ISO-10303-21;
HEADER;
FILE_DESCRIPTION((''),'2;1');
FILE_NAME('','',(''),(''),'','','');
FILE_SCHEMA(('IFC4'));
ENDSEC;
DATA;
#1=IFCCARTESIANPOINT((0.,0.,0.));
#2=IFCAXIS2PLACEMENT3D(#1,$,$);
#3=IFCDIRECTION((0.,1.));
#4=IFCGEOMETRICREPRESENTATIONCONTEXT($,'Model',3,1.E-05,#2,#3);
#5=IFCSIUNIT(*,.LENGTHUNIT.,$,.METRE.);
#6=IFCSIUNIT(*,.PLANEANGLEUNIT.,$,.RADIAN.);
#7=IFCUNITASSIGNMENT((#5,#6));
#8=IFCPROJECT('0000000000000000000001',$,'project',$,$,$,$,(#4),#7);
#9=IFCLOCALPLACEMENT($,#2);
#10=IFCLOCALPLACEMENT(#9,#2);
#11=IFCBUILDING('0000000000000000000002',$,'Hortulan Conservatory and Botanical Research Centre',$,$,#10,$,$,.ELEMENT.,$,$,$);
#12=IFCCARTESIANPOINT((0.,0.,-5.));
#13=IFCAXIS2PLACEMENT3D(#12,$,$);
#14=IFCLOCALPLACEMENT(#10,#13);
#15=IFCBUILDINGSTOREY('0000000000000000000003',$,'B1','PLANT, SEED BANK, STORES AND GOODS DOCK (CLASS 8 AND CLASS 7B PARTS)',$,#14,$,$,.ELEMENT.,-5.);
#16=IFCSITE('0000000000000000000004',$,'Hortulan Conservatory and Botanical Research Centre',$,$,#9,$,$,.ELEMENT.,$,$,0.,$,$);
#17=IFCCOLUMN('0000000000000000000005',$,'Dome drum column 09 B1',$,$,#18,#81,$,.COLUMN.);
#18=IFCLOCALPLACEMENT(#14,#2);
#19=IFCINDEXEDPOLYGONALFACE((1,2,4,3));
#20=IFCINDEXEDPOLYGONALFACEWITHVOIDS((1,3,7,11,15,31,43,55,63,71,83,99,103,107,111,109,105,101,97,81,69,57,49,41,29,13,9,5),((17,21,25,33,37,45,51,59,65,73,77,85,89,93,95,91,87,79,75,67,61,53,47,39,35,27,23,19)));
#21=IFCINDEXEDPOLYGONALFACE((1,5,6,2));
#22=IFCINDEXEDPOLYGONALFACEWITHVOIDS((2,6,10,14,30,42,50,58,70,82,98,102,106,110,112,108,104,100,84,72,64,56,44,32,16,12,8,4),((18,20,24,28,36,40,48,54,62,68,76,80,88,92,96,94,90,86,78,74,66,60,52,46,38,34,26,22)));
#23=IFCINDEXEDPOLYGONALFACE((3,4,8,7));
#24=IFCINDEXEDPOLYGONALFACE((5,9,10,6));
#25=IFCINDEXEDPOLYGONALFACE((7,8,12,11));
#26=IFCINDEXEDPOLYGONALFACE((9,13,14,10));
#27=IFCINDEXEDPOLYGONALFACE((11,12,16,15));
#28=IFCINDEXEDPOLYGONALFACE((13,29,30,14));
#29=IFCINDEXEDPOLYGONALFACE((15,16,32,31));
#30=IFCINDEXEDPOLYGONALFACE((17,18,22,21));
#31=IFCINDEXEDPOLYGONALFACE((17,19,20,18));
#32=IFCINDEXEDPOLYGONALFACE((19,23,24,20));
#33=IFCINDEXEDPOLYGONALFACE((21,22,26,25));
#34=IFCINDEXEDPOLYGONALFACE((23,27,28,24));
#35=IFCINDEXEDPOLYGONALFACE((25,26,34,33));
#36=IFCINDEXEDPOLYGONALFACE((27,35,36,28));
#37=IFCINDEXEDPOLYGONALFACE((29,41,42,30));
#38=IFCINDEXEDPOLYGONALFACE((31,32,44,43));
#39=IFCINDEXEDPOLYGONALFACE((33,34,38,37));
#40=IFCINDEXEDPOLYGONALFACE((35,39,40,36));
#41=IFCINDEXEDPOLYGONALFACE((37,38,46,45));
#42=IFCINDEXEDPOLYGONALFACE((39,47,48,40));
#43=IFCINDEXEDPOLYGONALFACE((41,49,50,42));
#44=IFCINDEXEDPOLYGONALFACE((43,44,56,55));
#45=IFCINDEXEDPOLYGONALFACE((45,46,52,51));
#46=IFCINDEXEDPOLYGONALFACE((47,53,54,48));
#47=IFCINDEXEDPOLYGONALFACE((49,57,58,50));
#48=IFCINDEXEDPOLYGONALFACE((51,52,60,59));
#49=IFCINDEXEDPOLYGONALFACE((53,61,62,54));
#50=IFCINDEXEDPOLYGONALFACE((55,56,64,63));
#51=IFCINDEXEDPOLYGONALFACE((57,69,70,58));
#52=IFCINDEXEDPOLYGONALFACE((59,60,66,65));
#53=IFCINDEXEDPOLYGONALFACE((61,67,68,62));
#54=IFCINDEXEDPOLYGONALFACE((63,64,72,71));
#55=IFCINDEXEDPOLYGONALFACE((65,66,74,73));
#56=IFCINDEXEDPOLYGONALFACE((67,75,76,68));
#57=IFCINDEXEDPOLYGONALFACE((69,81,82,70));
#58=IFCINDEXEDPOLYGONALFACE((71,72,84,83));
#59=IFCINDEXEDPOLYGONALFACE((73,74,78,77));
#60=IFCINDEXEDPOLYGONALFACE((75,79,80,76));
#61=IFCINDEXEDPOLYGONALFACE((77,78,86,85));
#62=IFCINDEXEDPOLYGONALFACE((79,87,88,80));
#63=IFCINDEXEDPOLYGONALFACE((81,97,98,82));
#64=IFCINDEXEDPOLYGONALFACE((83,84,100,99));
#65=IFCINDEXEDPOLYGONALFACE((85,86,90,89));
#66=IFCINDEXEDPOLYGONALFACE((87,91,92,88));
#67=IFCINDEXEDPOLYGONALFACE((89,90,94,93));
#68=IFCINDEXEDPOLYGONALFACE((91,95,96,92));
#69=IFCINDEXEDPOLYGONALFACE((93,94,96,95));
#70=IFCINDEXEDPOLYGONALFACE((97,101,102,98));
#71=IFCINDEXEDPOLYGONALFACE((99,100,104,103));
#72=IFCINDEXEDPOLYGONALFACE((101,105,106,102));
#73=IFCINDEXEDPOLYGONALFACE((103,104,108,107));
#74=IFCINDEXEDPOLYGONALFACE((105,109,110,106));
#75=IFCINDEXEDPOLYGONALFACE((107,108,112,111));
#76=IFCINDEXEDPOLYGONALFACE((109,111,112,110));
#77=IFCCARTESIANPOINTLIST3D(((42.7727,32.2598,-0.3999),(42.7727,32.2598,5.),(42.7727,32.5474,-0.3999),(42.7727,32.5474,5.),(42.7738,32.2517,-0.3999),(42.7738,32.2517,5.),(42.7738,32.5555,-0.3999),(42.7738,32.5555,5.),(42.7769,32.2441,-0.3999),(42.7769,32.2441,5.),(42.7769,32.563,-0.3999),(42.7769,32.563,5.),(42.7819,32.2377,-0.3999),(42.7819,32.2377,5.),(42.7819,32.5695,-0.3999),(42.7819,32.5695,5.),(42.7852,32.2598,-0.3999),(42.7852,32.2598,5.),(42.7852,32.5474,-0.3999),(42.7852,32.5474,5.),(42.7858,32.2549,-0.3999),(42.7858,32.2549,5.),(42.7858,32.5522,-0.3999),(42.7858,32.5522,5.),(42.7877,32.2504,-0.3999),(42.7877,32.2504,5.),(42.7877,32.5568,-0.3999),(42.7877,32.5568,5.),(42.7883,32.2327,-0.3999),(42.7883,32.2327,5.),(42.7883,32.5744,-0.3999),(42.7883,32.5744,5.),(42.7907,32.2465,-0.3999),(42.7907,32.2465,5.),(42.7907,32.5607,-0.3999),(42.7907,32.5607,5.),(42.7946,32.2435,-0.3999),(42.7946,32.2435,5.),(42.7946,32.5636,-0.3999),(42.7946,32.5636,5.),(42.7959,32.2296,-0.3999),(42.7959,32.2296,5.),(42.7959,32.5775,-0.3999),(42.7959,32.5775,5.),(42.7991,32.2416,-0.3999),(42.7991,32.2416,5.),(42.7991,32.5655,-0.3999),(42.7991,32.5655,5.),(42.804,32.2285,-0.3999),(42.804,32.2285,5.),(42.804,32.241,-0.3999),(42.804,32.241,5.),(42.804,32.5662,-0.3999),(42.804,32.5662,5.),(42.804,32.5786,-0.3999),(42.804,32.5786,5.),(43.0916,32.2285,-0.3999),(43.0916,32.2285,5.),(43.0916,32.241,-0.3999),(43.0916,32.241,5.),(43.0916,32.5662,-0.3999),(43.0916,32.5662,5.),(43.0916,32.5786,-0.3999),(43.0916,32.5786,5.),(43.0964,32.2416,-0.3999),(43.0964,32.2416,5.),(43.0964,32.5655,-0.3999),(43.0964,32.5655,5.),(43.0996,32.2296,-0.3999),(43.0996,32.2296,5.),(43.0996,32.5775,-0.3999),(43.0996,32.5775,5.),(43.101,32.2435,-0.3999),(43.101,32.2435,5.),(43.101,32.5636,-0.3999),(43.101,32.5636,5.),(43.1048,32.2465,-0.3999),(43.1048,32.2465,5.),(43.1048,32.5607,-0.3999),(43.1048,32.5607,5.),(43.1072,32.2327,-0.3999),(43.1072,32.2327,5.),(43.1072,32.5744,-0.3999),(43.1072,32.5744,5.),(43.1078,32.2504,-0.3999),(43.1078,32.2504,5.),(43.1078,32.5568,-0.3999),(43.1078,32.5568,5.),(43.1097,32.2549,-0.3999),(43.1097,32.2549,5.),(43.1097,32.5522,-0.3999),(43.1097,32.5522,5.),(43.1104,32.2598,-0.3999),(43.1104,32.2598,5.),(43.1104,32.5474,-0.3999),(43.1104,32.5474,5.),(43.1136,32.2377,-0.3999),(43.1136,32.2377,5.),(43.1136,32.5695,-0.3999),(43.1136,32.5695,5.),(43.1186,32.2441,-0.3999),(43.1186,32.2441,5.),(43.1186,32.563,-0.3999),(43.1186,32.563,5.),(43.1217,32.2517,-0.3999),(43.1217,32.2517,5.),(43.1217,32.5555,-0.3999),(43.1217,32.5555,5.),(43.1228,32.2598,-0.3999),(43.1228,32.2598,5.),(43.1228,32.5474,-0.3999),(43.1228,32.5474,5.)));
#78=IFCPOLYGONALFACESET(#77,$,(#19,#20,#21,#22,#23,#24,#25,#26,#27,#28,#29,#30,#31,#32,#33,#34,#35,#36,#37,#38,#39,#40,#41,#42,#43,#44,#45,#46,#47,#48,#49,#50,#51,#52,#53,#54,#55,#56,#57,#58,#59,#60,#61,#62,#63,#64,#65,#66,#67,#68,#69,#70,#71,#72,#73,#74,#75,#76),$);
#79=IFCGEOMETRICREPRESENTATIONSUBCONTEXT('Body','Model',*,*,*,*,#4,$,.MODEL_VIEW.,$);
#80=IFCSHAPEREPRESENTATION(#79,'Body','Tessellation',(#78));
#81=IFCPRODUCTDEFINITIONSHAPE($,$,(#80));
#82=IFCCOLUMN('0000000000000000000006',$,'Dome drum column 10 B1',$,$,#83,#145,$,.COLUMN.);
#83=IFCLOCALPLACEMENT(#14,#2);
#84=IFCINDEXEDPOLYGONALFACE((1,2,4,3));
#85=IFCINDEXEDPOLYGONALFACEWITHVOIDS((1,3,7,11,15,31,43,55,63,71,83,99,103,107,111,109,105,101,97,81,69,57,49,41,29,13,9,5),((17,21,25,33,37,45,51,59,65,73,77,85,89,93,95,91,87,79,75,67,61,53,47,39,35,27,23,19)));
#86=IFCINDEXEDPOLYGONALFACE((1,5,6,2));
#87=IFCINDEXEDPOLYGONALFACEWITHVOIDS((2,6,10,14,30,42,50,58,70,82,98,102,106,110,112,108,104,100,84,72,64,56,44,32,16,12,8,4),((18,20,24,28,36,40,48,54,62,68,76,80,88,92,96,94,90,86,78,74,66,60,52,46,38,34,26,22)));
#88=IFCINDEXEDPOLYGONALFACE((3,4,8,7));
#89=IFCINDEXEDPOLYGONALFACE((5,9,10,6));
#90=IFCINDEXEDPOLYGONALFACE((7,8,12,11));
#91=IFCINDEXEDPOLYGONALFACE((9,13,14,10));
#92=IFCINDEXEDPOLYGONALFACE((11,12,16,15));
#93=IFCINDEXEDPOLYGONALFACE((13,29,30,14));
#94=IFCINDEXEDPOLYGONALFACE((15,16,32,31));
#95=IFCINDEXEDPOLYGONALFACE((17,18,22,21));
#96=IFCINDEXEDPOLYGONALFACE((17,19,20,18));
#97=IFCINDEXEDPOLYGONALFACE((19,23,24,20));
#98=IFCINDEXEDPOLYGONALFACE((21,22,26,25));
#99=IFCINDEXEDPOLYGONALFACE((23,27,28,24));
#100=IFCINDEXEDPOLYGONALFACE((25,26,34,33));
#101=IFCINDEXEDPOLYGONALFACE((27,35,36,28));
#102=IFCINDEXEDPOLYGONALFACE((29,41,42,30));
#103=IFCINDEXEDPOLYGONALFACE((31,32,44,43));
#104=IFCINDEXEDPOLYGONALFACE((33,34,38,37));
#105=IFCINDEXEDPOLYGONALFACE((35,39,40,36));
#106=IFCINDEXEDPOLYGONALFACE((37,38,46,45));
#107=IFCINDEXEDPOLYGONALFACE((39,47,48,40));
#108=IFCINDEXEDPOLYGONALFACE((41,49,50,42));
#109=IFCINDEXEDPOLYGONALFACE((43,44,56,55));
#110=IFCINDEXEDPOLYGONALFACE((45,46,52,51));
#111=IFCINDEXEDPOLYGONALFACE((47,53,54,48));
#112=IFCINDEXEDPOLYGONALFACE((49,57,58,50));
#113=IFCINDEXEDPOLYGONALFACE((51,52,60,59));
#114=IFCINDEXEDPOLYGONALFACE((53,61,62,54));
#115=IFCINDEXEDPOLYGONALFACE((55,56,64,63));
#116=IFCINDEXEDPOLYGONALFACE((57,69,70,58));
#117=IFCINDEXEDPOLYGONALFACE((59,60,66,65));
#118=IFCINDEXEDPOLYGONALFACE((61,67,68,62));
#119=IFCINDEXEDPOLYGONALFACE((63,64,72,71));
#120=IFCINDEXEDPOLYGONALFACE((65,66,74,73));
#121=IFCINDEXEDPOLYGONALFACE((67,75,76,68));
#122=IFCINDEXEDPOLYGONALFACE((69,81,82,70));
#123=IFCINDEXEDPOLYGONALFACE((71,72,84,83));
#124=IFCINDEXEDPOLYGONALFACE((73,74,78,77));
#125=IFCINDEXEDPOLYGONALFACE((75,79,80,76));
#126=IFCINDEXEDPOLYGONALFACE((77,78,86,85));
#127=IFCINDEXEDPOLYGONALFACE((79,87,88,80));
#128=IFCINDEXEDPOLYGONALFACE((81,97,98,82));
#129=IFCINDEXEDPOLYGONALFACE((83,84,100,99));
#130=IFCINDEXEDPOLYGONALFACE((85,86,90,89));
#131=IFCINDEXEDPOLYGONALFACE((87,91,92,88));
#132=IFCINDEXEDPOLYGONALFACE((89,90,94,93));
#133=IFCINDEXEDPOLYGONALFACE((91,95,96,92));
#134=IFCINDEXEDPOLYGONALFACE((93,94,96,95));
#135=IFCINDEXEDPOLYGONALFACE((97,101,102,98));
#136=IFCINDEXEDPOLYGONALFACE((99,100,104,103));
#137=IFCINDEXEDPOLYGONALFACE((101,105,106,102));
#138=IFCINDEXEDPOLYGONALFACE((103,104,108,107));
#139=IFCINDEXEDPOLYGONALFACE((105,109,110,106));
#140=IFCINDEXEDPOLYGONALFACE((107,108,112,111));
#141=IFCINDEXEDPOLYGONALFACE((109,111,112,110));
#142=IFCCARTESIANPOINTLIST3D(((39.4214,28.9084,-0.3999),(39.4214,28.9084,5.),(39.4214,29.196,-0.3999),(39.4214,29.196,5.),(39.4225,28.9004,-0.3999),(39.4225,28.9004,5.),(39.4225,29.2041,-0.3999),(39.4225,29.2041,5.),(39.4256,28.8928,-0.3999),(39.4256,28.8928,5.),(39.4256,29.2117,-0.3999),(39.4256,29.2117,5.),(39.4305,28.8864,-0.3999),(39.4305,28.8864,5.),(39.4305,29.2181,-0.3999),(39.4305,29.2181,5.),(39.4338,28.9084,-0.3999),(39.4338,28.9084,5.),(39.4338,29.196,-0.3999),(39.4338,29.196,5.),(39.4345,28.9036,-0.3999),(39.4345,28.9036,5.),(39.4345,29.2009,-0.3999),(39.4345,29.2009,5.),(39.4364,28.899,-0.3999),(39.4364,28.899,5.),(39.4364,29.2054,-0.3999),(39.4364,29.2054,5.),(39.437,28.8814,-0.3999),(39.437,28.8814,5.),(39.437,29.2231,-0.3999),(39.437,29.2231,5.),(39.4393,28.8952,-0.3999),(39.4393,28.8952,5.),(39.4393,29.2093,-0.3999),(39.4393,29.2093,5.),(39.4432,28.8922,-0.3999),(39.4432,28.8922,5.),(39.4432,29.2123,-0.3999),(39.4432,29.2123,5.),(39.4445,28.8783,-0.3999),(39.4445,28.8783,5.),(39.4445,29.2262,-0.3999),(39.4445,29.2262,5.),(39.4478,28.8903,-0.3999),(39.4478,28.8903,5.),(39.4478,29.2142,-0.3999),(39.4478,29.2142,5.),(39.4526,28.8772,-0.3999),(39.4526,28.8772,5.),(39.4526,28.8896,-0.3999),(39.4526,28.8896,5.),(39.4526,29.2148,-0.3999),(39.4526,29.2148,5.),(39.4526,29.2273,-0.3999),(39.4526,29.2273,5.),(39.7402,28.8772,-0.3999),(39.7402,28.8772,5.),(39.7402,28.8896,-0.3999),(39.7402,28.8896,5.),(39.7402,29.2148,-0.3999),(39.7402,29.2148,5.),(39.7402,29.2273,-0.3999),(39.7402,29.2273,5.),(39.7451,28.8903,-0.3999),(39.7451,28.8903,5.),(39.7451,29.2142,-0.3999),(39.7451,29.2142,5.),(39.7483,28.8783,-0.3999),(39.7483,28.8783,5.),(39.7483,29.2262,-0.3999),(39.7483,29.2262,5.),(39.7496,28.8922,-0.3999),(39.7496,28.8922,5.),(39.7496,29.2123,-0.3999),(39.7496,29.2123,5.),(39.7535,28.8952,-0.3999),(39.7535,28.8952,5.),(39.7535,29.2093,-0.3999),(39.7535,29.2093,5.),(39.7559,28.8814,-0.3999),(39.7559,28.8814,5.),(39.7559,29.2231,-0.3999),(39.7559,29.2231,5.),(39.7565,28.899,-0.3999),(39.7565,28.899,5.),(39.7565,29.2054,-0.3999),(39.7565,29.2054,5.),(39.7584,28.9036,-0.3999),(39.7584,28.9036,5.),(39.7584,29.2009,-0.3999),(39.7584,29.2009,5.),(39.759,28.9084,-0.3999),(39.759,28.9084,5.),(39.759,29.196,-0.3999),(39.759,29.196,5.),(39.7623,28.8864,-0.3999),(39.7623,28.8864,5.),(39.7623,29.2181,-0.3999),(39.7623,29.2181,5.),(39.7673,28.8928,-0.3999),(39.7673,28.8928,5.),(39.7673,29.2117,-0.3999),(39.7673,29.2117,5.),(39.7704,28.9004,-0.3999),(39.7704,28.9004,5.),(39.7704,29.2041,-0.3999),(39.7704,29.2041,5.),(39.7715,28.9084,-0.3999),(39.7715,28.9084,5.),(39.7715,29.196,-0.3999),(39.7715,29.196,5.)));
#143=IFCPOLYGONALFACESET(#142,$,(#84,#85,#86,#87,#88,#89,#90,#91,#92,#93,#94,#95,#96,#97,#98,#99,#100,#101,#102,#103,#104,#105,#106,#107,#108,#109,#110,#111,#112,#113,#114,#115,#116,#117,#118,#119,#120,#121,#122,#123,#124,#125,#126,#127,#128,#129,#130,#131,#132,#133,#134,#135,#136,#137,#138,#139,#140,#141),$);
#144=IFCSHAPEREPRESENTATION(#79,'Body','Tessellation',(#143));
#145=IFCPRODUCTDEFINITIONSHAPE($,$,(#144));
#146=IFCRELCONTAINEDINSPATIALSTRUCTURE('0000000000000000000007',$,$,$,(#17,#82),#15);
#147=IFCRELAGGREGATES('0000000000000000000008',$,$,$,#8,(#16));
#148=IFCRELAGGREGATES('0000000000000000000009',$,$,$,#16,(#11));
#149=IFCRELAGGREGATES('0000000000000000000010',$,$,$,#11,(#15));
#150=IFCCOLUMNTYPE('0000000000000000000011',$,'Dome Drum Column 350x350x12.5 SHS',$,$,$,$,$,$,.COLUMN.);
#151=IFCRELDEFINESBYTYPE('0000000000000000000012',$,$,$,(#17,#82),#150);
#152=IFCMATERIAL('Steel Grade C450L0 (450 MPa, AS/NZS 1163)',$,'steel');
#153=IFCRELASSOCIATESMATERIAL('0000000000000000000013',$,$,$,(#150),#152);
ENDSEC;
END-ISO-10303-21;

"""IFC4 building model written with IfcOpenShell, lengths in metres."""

from ifc_helpers import new_model, si_unit, direction, frame, origin, origin_2d, place, context, subcontext, project, spatial, hollow_rectangle, extrude, material, material_profile, profile_set, type_object, element, save


model = new_model("IFC4")

# Units and contexts
model_context = context("Model", 3, precision=1e-05, world=origin(), true_north=direction((0.0, 1.0)))
body_context = subcontext(model_context, "Body", "Model", "MODEL_VIEW")
ifc_project = project(units=[si_unit("LENGTHUNIT", "METRE"), si_unit("PLANEANGLEUNIT", "RADIAN")], contexts=[model_context])

# Site, building, storey
site_placement = place(None, origin())
site = spatial("IfcSite", under=ifc_project, at=site_placement, Name="Hortulan Conservatory and Botanical Research Centre", CompositionType="ELEMENT", RefElevation=0.0)
building_placement = place(site_placement, origin())
building = spatial("IfcBuilding", under=site, at=building_placement, Name="Hortulan Conservatory and Botanical Research Centre", CompositionType="ELEMENT")
storey_placement = place(building_placement, frame((0.0, 0.0, -5.0)))
storey = spatial("IfcBuildingStorey", under=building, at=storey_placement, Name="B1", Description="PLANT, SEED BANK, STORES AND GOODS DOCK (CLASS 8 AND CLASS 7B PARTS)", CompositionType="ELEMENT", Elevation=-5.0)

# Columns
ifc_material_1 = material(Name="Steel Grade C450L0 (450 MPa, AS/NZS 1163)", Category="steel")
ifc_material_profile_1 = material_profile(ifc_material_1, hollow_rectangle(XDim=0.3501, YDim=0.3501, WallThickness=0.0125, InnerFilletRadius=0.0188, OuterFilletRadius=0.0312, at=origin_2d()), Name="350x350x12.5SHS")
ifc_profile_set_1 = profile_set([ifc_material_profile_1], Name="Steel Grade C450L0 (450 MPa, AS/NZS 1163)")
column_type_1 = type_object("IfcColumnType", Name="Dome Drum Column 350x350x12.5 SHS", PredefinedType="COLUMN", material=ifc_profile_set_1)
for number, where, z_axis, x_axis, name in (
    (1, (42.9478, 32.4036, -0.3999), (0.0, 0.0, 1.0), (1.0, 0.0, 0.0), "Dome drum column 09 B1"),
    (2, (39.5964, 29.0522, -0.3999), (0.0, 0.0, 1.0), (1.0, 0.0, 0.0), "Dome drum column 10 B1"),
):
    element("IfcColumn", number, at=place(storey_placement, frame(where, z_axis=z_axis, x_axis=x_axis)), inside=storey, type_object=column_type_1, Name=name, PredefinedType="COLUMN", context=body_context, shape_type="SweptSolid", body=[
        extrude(hollow_rectangle(XDim=0.3501, YDim=0.3501, WallThickness=0.0125, InnerFilletRadius=0.0188, OuterFilletRadius=0.0312, at=origin_2d()), origin(), (0.0, 0.0, 1.0), 5.3999),
    ])

save(model, "model.ifc")
